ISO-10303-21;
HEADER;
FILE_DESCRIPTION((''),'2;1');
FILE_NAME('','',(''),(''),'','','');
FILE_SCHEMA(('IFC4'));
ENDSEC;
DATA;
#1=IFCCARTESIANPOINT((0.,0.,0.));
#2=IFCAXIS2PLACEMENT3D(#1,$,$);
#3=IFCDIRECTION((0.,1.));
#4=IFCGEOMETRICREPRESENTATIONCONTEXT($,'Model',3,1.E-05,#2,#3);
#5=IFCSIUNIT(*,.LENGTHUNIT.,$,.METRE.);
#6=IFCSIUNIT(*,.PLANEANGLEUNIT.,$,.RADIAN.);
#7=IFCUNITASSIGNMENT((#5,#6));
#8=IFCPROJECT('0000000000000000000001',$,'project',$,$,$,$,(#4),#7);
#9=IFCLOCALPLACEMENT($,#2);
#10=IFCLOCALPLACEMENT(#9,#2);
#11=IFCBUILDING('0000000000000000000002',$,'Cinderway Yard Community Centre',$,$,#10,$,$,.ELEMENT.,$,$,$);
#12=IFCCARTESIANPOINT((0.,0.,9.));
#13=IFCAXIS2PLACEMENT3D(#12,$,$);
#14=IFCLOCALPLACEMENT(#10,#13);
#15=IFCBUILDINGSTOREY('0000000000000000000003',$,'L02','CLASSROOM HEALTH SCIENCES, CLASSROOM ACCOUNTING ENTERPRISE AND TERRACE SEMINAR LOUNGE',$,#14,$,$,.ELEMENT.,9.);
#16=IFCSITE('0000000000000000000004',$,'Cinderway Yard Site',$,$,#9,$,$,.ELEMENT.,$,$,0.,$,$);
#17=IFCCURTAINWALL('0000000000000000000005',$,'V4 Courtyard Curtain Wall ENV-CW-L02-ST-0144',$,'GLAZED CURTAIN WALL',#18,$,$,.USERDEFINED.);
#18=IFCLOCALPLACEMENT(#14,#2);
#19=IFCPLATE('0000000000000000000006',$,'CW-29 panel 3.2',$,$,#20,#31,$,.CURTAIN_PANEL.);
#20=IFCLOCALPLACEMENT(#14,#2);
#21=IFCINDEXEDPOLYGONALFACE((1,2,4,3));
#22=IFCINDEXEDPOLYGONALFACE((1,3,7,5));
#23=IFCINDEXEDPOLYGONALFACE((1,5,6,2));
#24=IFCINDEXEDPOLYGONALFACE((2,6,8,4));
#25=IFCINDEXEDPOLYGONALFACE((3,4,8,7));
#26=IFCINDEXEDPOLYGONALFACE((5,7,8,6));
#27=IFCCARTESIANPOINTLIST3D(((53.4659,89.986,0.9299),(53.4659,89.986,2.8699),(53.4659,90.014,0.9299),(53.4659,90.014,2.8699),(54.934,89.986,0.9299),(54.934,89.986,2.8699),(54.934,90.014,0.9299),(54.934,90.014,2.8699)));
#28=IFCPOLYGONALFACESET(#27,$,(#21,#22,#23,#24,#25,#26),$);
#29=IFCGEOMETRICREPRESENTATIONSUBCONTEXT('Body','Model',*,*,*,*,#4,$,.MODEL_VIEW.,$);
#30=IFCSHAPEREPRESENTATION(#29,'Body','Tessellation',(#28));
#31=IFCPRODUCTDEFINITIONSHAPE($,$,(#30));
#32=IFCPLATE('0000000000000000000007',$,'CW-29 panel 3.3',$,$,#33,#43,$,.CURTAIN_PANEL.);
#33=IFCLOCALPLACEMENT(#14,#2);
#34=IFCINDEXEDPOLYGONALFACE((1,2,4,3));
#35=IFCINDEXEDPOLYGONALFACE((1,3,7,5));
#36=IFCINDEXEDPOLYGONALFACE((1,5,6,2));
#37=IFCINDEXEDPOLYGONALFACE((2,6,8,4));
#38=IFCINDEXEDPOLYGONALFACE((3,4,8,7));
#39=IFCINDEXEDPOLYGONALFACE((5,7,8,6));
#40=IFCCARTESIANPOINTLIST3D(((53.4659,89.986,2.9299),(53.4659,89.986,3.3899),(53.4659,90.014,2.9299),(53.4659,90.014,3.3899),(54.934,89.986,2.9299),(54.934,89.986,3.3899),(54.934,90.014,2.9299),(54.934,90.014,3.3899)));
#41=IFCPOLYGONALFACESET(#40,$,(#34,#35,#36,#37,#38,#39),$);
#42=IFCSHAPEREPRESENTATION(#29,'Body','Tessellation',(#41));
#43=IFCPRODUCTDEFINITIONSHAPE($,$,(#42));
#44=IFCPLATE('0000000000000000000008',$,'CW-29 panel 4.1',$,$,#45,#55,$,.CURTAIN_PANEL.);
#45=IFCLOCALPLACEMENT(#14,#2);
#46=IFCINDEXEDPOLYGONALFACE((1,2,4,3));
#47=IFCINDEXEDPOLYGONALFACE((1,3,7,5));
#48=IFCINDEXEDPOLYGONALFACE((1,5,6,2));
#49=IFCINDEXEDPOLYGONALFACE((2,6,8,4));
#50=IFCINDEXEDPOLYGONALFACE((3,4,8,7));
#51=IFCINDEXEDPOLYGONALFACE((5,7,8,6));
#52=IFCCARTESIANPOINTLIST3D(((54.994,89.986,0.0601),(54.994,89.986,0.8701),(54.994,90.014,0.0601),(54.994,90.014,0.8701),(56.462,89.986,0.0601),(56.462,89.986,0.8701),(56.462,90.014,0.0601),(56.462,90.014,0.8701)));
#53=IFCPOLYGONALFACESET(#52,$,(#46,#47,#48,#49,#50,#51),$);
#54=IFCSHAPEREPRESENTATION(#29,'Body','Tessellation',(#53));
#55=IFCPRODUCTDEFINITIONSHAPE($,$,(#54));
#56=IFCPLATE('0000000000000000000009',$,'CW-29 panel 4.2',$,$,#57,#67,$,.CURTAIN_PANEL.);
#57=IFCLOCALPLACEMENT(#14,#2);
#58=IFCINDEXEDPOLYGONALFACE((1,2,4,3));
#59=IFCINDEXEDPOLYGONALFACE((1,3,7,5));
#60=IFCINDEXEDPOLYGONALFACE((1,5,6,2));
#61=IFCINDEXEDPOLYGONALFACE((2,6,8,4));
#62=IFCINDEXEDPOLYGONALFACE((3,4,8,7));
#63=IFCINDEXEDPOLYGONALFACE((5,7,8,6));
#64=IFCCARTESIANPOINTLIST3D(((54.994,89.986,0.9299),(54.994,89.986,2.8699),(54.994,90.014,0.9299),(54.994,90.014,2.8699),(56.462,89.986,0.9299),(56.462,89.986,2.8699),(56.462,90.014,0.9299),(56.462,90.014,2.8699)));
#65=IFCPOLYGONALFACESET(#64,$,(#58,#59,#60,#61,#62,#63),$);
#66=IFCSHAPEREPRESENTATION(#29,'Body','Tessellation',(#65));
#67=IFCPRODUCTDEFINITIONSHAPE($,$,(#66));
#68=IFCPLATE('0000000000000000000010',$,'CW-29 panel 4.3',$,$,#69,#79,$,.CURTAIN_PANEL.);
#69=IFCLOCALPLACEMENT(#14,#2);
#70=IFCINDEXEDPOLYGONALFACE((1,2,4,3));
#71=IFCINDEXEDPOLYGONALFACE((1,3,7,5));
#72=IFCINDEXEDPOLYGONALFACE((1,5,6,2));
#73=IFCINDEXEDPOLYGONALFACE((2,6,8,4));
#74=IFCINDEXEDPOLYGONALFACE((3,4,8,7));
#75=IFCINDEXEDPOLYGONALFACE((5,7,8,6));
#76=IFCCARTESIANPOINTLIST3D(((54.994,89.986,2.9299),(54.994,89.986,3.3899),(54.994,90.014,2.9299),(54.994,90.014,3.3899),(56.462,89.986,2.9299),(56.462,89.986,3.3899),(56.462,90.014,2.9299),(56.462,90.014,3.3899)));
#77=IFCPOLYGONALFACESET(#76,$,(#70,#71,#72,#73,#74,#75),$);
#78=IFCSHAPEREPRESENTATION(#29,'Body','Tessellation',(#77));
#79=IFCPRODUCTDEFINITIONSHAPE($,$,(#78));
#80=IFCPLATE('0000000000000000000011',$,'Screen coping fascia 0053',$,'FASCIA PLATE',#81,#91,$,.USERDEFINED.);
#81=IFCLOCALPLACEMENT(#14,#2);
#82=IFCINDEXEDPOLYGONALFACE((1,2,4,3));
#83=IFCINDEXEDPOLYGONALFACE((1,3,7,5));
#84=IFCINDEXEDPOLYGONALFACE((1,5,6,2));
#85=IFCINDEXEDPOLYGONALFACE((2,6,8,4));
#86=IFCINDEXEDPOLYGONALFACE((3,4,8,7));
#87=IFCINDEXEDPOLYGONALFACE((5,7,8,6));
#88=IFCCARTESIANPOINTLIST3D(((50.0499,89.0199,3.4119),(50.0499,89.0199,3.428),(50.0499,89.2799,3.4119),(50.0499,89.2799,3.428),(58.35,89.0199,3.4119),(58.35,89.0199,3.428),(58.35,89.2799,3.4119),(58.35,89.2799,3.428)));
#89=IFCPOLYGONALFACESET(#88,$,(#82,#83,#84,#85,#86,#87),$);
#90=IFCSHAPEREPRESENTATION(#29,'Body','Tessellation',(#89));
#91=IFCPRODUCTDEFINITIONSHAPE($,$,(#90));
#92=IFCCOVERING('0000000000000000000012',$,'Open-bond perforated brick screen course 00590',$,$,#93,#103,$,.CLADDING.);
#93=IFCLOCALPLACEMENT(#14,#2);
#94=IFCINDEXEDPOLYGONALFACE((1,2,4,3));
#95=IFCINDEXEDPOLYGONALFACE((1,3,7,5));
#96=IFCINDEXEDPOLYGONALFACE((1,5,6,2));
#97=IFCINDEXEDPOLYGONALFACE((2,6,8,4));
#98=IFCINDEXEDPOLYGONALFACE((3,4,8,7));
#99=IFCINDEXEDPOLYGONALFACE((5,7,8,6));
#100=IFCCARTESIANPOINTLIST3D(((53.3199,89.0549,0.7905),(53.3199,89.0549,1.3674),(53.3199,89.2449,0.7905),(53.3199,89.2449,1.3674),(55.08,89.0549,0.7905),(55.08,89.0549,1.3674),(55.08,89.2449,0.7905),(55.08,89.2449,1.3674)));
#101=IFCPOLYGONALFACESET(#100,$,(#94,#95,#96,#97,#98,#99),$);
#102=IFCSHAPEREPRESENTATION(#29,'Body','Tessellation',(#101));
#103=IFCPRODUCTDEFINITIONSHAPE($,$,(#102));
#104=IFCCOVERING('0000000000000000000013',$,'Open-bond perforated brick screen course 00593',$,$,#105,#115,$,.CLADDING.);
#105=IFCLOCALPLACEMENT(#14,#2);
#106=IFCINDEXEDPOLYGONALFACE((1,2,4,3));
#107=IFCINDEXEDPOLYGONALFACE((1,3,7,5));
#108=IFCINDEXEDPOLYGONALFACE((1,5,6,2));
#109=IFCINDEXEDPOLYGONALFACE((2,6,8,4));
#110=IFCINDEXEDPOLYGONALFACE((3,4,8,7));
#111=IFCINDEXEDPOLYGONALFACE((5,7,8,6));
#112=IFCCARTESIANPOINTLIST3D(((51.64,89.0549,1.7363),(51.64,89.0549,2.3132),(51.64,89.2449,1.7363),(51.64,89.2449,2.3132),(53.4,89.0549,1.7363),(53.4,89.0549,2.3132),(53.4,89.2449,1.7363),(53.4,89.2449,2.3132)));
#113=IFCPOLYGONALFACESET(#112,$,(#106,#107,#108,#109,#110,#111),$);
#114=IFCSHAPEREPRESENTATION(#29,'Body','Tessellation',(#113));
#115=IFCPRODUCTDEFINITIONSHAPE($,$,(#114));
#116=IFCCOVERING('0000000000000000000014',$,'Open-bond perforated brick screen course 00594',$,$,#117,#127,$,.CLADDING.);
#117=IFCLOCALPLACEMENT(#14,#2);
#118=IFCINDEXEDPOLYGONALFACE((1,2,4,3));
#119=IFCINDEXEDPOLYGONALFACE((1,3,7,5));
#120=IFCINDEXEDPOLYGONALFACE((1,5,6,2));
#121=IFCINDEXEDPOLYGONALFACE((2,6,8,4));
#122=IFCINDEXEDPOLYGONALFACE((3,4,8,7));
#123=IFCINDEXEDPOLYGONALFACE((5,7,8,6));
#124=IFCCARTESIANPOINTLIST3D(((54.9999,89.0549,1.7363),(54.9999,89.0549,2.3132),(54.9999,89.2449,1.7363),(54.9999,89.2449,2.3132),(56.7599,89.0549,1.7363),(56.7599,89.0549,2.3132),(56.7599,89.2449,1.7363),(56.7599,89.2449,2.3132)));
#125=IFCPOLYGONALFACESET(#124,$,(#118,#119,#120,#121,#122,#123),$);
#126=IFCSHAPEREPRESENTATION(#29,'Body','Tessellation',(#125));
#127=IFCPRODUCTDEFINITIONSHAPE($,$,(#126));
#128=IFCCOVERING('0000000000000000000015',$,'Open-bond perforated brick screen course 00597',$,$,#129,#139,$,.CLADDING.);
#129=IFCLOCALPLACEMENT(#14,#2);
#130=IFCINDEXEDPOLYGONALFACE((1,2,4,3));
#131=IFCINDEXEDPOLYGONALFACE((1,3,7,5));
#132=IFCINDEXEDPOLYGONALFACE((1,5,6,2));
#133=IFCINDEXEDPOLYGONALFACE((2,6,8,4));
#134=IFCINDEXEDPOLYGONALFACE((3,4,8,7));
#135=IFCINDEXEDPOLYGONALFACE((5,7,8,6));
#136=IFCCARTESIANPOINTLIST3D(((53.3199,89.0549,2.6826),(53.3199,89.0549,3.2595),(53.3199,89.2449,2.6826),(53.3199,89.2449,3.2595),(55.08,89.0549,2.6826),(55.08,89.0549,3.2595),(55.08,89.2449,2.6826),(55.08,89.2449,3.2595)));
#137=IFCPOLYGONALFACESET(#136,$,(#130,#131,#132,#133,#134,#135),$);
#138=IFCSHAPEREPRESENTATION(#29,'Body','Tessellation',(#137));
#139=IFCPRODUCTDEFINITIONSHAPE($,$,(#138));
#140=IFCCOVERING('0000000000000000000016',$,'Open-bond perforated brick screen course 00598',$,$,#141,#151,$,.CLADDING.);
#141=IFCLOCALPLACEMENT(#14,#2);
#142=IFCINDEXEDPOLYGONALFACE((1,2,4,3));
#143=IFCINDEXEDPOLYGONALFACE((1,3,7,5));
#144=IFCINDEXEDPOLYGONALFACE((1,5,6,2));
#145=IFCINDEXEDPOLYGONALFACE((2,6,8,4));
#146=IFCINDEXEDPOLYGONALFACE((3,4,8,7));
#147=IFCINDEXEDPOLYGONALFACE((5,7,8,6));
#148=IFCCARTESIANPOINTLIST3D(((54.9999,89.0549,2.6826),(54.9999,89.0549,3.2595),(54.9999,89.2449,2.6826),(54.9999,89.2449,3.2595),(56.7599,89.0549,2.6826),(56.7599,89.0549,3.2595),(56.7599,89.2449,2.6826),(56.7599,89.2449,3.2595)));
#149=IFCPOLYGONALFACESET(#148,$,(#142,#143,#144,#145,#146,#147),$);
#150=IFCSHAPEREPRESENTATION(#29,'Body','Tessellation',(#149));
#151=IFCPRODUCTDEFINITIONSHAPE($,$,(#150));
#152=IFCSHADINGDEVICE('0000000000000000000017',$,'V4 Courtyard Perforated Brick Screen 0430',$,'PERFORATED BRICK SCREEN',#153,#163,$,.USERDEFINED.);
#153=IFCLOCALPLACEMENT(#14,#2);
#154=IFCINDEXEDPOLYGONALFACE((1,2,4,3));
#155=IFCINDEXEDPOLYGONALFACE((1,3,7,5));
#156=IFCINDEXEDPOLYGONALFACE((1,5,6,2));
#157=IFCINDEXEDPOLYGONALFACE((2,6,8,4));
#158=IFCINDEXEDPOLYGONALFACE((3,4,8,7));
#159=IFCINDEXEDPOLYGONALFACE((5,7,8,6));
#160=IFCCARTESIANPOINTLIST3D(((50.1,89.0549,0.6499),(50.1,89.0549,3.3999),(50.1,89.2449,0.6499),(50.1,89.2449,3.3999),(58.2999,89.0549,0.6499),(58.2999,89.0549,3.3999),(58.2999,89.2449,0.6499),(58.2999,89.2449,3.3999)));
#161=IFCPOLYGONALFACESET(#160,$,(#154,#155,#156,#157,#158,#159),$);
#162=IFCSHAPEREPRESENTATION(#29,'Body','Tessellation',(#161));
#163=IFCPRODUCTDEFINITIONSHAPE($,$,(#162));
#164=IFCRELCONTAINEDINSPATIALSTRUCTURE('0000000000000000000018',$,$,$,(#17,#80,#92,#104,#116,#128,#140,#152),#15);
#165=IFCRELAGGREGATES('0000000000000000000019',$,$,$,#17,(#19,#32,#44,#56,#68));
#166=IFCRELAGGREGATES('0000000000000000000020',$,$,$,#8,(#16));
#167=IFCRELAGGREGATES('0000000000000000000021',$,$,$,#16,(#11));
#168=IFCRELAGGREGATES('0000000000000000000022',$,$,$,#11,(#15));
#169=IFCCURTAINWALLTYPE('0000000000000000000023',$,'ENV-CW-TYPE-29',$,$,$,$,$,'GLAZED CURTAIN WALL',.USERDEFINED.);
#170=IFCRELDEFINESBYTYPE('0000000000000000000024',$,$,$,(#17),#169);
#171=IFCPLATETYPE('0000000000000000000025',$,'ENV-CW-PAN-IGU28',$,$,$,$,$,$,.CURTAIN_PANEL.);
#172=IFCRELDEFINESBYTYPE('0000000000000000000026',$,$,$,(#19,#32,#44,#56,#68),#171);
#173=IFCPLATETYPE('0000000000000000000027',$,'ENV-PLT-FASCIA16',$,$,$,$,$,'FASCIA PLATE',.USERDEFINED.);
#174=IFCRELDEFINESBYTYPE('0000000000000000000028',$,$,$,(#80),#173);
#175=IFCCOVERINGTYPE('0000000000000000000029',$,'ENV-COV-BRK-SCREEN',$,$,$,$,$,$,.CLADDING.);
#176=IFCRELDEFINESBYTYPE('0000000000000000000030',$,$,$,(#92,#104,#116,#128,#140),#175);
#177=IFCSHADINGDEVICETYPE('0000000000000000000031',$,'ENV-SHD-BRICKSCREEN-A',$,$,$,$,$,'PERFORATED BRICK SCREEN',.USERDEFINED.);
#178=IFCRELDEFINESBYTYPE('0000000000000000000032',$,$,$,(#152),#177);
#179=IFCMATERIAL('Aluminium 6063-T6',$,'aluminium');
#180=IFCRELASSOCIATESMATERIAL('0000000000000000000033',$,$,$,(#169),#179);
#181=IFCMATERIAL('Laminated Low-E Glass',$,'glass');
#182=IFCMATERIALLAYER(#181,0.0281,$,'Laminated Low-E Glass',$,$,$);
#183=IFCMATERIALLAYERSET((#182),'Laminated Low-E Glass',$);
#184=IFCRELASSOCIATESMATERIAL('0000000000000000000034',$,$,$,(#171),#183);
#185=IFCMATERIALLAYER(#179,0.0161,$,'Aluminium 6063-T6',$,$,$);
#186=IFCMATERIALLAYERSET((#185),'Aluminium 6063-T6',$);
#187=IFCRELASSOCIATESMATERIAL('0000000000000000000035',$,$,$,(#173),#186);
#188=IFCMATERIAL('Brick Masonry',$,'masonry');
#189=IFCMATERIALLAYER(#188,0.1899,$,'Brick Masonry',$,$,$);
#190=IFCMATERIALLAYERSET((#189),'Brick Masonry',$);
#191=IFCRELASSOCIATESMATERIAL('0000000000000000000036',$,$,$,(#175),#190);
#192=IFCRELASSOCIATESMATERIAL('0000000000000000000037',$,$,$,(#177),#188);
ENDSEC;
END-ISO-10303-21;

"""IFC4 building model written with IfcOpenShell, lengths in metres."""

from ifc_helpers import new_model, si_unit, direction, frame, origin, origin_2d, place, context, subcontext, project, spatial, rectangle, extrude, material, layer, layer_set, type_object, element, aggregate, save


model = new_model("IFC4")

# Units and contexts
model_context = context("Model", 3, precision=1e-05, world=origin(), true_north=direction((0.0, 1.0)))
body_context = subcontext(model_context, "Body", "Model", "MODEL_VIEW")
ifc_project = project(units=[si_unit("LENGTHUNIT", "METRE"), si_unit("PLANEANGLEUNIT", "RADIAN")], contexts=[model_context])

# Site, building, storey
site_placement = place(None, origin())
site = spatial("IfcSite", under=ifc_project, at=site_placement, Name="Cinderway Yard Site", CompositionType="ELEMENT", RefElevation=0.0)
building_placement = place(site_placement, origin())
building = spatial("IfcBuilding", under=site, at=building_placement, Name="Cinderway Yard Community Centre", CompositionType="ELEMENT")
storey_placement = place(building_placement, frame((0.0, 0.0, 9.0)))
storey = spatial("IfcBuildingStorey", under=building, at=storey_placement, Name="L02", Description="CLASSROOM HEALTH SCIENCES, CLASSROOM ACCOUNTING ENTERPRISE AND TERRACE SEMINAR LOUNGE", CompositionType="ELEMENT", Elevation=9.0)

# Curtain wall
ifc_material_1 = material(Name="Aluminium 6063-T6", Category="aluminium")
curtain_wall_type = type_object("IfcCurtainWallType", Name="ENV-CW-TYPE-29", ElementType="GLAZED CURTAIN WALL", PredefinedType="USERDEFINED", material=ifc_material_1)
curtain_wall_placement = place(storey_placement, origin())
curtain_wall = element("IfcCurtainWall", 1, at=curtain_wall_placement, inside=storey, type_object=curtain_wall_type, Name="V4 Courtyard Curtain Wall ENV-CW-L02-ST-0144", ObjectType="GLAZED CURTAIN WALL", PredefinedType="USERDEFINED")

# Plates
ifc_material_2 = material(Name="Laminated Low-E Glass", Category="glass")
ifc_layer_1 = layer(ifc_material_2, 0.0281, Name="Laminated Low-E Glass")
ifc_layer_set_1 = layer_set([ifc_layer_1], Name="Laminated Low-E Glass")
plate_type_1 = type_object("IfcPlateType", Name="ENV-CW-PAN-IGU28", PredefinedType="CURTAIN_PANEL", material=ifc_layer_set_1)
plate_1_placement = place(storey_placement, frame((54.2, 90.0, 0.9299), z_axis=(0.0, 0.0, 1.0), x_axis=(1.0, 0.0, 0.0)))
plate_1 = element("IfcPlate", 2, at=plate_1_placement, type_object=plate_type_1, Name="CW-29 panel 3.2", PredefinedType="CURTAIN_PANEL", context=body_context, shape_type="SweptSolid", body=[
    extrude(rectangle(XDim=1.468, YDim=0.0281, at=origin_2d()), origin(), (0.0, 0.0, 1.0), 1.9399),
])
plate_2_placement = place(storey_placement, frame((54.2, 90.0, 2.9299), z_axis=(0.0, 0.0, 1.0), x_axis=(1.0, 0.0, 0.0)))
plate_2 = element("IfcPlate", 3, at=plate_2_placement, type_object=plate_type_1, Name="CW-29 panel 3.3", PredefinedType="CURTAIN_PANEL", context=body_context, shape_type="SweptSolid", body=[
    extrude(rectangle(XDim=1.468, YDim=0.0281, at=origin_2d()), origin(), (0.0, 0.0, 1.0), 0.46),
])
plate_3_placement = place(storey_placement, frame((55.728, 90.0, 0.0601), z_axis=(0.0, 0.0, 1.0), x_axis=(1.0, 0.0, 0.0)))
plate_3 = element("IfcPlate", 4, at=plate_3_placement, type_object=plate_type_1, Name="CW-29 panel 4.1", PredefinedType="CURTAIN_PANEL", context=body_context, shape_type="SweptSolid", body=[
    extrude(rectangle(XDim=1.468, YDim=0.0281, at=origin_2d()), origin(), (0.0, 0.0, 1.0), 0.8101),
])
plate_4_placement = place(storey_placement, frame((55.728, 90.0, 0.9299), z_axis=(0.0, 0.0, 1.0), x_axis=(1.0, 0.0, 0.0)))
plate_4 = element("IfcPlate", 5, at=plate_4_placement, type_object=plate_type_1, Name="CW-29 panel 4.2", PredefinedType="CURTAIN_PANEL", context=body_context, shape_type="SweptSolid", body=[
    extrude(rectangle(XDim=1.468, YDim=0.0281, at=origin_2d()), origin(), (0.0, 0.0, 1.0), 1.9399),
])
plate_5_placement = place(storey_placement, frame((55.728, 90.0, 2.9299), z_axis=(0.0, 0.0, 1.0), x_axis=(1.0, 0.0, 0.0)))
plate_5 = element("IfcPlate", 6, at=plate_5_placement, type_object=plate_type_1, Name="CW-29 panel 4.3", PredefinedType="CURTAIN_PANEL", context=body_context, shape_type="SweptSolid", body=[
    extrude(rectangle(XDim=1.468, YDim=0.0281, at=origin_2d()), origin(), (0.0, 0.0, 1.0), 0.46),
])
aggregate(curtain_wall, [plate_1, plate_2, plate_3, plate_4, plate_5])
ifc_layer_2 = layer(ifc_material_1, 0.0161, Name="Aluminium 6063-T6")
ifc_layer_set_2 = layer_set([ifc_layer_2], Name="Aluminium 6063-T6")
plate_type_2 = type_object("IfcPlateType", Name="ENV-PLT-FASCIA16", ElementType="FASCIA PLATE", PredefinedType="USERDEFINED", material=ifc_layer_set_2)
plate_6_placement = place(storey_placement, frame((54.2, 89.1499, 3.4119), z_axis=(0.0, 0.0, 1.0), x_axis=(-1.0, 0.0, 0.0)))
element("IfcPlate", 7, at=plate_6_placement, inside=storey, type_object=plate_type_2, Name="Screen coping fascia 0053", ObjectType="FASCIA PLATE", PredefinedType="USERDEFINED", context=body_context, shape_type="SweptSolid", body=[
    extrude(rectangle(XDim=8.3, YDim=0.26, at=origin_2d()), origin(), (0.0, 0.0, 1.0), 0.0161),
])

# Coverings
ifc_material_3 = material(Name="Brick Masonry", Category="masonry")
ifc_layer_3 = layer(ifc_material_3, 0.1899, Name="Brick Masonry")
ifc_layer_set_3 = layer_set([ifc_layer_3], Name="Brick Masonry")
covering_type = type_object("IfcCoveringType", Name="ENV-COV-BRK-SCREEN", PredefinedType="CLADDING", material=ifc_layer_set_3)
for number, where, z_axis, x_axis, name in (
    (8, (54.2, 89.1499, 0.7905), (0.0, 0.0, 1.0), (-1.0, 0.0, 0.0), "Open-bond perforated brick screen course 00590"),
    (9, (52.52, 89.1499, 1.7363), (0.0, 0.0, 1.0), (-1.0, 0.0, 0.0), "Open-bond perforated brick screen course 00593"),
    (10, (55.8799, 89.1499, 1.7363), (0.0, 0.0, 1.0), (-1.0, 0.0, 0.0), "Open-bond perforated brick screen course 00594"),
    (11, (54.2, 89.1499, 2.6826), (0.0, 0.0, 1.0), (-1.0, 0.0, 0.0), "Open-bond perforated brick screen course 00597"),
    (12, (55.8799, 89.1499, 2.6826), (0.0, 0.0, 1.0), (-1.0, 0.0, 0.0), "Open-bond perforated brick screen course 00598"),
):
    element("IfcCovering", number, at=place(storey_placement, frame(where, z_axis=z_axis, x_axis=x_axis)), inside=storey, type_object=covering_type, Name=name, PredefinedType="CLADDING", context=body_context, shape_type="SweptSolid", body=[
        extrude(rectangle(XDim=1.76, YDim=0.1899, at=origin_2d()), origin(), (0.0, 0.0, 1.0), 0.5769),
    ])

# Shading device
shading_device_type = type_object("IfcShadingDeviceType", Name="ENV-SHD-BRICKSCREEN-A", ElementType="PERFORATED BRICK SCREEN", PredefinedType="USERDEFINED", material=ifc_material_3)
shading_device_placement = place(storey_placement, frame((54.2, 89.1499, 0.6499), z_axis=(0.0, 0.0, 1.0), x_axis=(-1.0, 0.0, 0.0)))
element("IfcShadingDevice", 13, at=shading_device_placement, inside=storey, type_object=shading_device_type, Name="V4 Courtyard Perforated Brick Screen 0430", ObjectType="PERFORATED BRICK SCREEN", PredefinedType="USERDEFINED", context=body_context, shape_type="SweptSolid", body=[
    extrude(rectangle(XDim=8.2, YDim=0.1899, at=origin_2d()), origin(), (0.0, 0.0, 1.0), 2.75),
])

save(model, "model.ifc")
